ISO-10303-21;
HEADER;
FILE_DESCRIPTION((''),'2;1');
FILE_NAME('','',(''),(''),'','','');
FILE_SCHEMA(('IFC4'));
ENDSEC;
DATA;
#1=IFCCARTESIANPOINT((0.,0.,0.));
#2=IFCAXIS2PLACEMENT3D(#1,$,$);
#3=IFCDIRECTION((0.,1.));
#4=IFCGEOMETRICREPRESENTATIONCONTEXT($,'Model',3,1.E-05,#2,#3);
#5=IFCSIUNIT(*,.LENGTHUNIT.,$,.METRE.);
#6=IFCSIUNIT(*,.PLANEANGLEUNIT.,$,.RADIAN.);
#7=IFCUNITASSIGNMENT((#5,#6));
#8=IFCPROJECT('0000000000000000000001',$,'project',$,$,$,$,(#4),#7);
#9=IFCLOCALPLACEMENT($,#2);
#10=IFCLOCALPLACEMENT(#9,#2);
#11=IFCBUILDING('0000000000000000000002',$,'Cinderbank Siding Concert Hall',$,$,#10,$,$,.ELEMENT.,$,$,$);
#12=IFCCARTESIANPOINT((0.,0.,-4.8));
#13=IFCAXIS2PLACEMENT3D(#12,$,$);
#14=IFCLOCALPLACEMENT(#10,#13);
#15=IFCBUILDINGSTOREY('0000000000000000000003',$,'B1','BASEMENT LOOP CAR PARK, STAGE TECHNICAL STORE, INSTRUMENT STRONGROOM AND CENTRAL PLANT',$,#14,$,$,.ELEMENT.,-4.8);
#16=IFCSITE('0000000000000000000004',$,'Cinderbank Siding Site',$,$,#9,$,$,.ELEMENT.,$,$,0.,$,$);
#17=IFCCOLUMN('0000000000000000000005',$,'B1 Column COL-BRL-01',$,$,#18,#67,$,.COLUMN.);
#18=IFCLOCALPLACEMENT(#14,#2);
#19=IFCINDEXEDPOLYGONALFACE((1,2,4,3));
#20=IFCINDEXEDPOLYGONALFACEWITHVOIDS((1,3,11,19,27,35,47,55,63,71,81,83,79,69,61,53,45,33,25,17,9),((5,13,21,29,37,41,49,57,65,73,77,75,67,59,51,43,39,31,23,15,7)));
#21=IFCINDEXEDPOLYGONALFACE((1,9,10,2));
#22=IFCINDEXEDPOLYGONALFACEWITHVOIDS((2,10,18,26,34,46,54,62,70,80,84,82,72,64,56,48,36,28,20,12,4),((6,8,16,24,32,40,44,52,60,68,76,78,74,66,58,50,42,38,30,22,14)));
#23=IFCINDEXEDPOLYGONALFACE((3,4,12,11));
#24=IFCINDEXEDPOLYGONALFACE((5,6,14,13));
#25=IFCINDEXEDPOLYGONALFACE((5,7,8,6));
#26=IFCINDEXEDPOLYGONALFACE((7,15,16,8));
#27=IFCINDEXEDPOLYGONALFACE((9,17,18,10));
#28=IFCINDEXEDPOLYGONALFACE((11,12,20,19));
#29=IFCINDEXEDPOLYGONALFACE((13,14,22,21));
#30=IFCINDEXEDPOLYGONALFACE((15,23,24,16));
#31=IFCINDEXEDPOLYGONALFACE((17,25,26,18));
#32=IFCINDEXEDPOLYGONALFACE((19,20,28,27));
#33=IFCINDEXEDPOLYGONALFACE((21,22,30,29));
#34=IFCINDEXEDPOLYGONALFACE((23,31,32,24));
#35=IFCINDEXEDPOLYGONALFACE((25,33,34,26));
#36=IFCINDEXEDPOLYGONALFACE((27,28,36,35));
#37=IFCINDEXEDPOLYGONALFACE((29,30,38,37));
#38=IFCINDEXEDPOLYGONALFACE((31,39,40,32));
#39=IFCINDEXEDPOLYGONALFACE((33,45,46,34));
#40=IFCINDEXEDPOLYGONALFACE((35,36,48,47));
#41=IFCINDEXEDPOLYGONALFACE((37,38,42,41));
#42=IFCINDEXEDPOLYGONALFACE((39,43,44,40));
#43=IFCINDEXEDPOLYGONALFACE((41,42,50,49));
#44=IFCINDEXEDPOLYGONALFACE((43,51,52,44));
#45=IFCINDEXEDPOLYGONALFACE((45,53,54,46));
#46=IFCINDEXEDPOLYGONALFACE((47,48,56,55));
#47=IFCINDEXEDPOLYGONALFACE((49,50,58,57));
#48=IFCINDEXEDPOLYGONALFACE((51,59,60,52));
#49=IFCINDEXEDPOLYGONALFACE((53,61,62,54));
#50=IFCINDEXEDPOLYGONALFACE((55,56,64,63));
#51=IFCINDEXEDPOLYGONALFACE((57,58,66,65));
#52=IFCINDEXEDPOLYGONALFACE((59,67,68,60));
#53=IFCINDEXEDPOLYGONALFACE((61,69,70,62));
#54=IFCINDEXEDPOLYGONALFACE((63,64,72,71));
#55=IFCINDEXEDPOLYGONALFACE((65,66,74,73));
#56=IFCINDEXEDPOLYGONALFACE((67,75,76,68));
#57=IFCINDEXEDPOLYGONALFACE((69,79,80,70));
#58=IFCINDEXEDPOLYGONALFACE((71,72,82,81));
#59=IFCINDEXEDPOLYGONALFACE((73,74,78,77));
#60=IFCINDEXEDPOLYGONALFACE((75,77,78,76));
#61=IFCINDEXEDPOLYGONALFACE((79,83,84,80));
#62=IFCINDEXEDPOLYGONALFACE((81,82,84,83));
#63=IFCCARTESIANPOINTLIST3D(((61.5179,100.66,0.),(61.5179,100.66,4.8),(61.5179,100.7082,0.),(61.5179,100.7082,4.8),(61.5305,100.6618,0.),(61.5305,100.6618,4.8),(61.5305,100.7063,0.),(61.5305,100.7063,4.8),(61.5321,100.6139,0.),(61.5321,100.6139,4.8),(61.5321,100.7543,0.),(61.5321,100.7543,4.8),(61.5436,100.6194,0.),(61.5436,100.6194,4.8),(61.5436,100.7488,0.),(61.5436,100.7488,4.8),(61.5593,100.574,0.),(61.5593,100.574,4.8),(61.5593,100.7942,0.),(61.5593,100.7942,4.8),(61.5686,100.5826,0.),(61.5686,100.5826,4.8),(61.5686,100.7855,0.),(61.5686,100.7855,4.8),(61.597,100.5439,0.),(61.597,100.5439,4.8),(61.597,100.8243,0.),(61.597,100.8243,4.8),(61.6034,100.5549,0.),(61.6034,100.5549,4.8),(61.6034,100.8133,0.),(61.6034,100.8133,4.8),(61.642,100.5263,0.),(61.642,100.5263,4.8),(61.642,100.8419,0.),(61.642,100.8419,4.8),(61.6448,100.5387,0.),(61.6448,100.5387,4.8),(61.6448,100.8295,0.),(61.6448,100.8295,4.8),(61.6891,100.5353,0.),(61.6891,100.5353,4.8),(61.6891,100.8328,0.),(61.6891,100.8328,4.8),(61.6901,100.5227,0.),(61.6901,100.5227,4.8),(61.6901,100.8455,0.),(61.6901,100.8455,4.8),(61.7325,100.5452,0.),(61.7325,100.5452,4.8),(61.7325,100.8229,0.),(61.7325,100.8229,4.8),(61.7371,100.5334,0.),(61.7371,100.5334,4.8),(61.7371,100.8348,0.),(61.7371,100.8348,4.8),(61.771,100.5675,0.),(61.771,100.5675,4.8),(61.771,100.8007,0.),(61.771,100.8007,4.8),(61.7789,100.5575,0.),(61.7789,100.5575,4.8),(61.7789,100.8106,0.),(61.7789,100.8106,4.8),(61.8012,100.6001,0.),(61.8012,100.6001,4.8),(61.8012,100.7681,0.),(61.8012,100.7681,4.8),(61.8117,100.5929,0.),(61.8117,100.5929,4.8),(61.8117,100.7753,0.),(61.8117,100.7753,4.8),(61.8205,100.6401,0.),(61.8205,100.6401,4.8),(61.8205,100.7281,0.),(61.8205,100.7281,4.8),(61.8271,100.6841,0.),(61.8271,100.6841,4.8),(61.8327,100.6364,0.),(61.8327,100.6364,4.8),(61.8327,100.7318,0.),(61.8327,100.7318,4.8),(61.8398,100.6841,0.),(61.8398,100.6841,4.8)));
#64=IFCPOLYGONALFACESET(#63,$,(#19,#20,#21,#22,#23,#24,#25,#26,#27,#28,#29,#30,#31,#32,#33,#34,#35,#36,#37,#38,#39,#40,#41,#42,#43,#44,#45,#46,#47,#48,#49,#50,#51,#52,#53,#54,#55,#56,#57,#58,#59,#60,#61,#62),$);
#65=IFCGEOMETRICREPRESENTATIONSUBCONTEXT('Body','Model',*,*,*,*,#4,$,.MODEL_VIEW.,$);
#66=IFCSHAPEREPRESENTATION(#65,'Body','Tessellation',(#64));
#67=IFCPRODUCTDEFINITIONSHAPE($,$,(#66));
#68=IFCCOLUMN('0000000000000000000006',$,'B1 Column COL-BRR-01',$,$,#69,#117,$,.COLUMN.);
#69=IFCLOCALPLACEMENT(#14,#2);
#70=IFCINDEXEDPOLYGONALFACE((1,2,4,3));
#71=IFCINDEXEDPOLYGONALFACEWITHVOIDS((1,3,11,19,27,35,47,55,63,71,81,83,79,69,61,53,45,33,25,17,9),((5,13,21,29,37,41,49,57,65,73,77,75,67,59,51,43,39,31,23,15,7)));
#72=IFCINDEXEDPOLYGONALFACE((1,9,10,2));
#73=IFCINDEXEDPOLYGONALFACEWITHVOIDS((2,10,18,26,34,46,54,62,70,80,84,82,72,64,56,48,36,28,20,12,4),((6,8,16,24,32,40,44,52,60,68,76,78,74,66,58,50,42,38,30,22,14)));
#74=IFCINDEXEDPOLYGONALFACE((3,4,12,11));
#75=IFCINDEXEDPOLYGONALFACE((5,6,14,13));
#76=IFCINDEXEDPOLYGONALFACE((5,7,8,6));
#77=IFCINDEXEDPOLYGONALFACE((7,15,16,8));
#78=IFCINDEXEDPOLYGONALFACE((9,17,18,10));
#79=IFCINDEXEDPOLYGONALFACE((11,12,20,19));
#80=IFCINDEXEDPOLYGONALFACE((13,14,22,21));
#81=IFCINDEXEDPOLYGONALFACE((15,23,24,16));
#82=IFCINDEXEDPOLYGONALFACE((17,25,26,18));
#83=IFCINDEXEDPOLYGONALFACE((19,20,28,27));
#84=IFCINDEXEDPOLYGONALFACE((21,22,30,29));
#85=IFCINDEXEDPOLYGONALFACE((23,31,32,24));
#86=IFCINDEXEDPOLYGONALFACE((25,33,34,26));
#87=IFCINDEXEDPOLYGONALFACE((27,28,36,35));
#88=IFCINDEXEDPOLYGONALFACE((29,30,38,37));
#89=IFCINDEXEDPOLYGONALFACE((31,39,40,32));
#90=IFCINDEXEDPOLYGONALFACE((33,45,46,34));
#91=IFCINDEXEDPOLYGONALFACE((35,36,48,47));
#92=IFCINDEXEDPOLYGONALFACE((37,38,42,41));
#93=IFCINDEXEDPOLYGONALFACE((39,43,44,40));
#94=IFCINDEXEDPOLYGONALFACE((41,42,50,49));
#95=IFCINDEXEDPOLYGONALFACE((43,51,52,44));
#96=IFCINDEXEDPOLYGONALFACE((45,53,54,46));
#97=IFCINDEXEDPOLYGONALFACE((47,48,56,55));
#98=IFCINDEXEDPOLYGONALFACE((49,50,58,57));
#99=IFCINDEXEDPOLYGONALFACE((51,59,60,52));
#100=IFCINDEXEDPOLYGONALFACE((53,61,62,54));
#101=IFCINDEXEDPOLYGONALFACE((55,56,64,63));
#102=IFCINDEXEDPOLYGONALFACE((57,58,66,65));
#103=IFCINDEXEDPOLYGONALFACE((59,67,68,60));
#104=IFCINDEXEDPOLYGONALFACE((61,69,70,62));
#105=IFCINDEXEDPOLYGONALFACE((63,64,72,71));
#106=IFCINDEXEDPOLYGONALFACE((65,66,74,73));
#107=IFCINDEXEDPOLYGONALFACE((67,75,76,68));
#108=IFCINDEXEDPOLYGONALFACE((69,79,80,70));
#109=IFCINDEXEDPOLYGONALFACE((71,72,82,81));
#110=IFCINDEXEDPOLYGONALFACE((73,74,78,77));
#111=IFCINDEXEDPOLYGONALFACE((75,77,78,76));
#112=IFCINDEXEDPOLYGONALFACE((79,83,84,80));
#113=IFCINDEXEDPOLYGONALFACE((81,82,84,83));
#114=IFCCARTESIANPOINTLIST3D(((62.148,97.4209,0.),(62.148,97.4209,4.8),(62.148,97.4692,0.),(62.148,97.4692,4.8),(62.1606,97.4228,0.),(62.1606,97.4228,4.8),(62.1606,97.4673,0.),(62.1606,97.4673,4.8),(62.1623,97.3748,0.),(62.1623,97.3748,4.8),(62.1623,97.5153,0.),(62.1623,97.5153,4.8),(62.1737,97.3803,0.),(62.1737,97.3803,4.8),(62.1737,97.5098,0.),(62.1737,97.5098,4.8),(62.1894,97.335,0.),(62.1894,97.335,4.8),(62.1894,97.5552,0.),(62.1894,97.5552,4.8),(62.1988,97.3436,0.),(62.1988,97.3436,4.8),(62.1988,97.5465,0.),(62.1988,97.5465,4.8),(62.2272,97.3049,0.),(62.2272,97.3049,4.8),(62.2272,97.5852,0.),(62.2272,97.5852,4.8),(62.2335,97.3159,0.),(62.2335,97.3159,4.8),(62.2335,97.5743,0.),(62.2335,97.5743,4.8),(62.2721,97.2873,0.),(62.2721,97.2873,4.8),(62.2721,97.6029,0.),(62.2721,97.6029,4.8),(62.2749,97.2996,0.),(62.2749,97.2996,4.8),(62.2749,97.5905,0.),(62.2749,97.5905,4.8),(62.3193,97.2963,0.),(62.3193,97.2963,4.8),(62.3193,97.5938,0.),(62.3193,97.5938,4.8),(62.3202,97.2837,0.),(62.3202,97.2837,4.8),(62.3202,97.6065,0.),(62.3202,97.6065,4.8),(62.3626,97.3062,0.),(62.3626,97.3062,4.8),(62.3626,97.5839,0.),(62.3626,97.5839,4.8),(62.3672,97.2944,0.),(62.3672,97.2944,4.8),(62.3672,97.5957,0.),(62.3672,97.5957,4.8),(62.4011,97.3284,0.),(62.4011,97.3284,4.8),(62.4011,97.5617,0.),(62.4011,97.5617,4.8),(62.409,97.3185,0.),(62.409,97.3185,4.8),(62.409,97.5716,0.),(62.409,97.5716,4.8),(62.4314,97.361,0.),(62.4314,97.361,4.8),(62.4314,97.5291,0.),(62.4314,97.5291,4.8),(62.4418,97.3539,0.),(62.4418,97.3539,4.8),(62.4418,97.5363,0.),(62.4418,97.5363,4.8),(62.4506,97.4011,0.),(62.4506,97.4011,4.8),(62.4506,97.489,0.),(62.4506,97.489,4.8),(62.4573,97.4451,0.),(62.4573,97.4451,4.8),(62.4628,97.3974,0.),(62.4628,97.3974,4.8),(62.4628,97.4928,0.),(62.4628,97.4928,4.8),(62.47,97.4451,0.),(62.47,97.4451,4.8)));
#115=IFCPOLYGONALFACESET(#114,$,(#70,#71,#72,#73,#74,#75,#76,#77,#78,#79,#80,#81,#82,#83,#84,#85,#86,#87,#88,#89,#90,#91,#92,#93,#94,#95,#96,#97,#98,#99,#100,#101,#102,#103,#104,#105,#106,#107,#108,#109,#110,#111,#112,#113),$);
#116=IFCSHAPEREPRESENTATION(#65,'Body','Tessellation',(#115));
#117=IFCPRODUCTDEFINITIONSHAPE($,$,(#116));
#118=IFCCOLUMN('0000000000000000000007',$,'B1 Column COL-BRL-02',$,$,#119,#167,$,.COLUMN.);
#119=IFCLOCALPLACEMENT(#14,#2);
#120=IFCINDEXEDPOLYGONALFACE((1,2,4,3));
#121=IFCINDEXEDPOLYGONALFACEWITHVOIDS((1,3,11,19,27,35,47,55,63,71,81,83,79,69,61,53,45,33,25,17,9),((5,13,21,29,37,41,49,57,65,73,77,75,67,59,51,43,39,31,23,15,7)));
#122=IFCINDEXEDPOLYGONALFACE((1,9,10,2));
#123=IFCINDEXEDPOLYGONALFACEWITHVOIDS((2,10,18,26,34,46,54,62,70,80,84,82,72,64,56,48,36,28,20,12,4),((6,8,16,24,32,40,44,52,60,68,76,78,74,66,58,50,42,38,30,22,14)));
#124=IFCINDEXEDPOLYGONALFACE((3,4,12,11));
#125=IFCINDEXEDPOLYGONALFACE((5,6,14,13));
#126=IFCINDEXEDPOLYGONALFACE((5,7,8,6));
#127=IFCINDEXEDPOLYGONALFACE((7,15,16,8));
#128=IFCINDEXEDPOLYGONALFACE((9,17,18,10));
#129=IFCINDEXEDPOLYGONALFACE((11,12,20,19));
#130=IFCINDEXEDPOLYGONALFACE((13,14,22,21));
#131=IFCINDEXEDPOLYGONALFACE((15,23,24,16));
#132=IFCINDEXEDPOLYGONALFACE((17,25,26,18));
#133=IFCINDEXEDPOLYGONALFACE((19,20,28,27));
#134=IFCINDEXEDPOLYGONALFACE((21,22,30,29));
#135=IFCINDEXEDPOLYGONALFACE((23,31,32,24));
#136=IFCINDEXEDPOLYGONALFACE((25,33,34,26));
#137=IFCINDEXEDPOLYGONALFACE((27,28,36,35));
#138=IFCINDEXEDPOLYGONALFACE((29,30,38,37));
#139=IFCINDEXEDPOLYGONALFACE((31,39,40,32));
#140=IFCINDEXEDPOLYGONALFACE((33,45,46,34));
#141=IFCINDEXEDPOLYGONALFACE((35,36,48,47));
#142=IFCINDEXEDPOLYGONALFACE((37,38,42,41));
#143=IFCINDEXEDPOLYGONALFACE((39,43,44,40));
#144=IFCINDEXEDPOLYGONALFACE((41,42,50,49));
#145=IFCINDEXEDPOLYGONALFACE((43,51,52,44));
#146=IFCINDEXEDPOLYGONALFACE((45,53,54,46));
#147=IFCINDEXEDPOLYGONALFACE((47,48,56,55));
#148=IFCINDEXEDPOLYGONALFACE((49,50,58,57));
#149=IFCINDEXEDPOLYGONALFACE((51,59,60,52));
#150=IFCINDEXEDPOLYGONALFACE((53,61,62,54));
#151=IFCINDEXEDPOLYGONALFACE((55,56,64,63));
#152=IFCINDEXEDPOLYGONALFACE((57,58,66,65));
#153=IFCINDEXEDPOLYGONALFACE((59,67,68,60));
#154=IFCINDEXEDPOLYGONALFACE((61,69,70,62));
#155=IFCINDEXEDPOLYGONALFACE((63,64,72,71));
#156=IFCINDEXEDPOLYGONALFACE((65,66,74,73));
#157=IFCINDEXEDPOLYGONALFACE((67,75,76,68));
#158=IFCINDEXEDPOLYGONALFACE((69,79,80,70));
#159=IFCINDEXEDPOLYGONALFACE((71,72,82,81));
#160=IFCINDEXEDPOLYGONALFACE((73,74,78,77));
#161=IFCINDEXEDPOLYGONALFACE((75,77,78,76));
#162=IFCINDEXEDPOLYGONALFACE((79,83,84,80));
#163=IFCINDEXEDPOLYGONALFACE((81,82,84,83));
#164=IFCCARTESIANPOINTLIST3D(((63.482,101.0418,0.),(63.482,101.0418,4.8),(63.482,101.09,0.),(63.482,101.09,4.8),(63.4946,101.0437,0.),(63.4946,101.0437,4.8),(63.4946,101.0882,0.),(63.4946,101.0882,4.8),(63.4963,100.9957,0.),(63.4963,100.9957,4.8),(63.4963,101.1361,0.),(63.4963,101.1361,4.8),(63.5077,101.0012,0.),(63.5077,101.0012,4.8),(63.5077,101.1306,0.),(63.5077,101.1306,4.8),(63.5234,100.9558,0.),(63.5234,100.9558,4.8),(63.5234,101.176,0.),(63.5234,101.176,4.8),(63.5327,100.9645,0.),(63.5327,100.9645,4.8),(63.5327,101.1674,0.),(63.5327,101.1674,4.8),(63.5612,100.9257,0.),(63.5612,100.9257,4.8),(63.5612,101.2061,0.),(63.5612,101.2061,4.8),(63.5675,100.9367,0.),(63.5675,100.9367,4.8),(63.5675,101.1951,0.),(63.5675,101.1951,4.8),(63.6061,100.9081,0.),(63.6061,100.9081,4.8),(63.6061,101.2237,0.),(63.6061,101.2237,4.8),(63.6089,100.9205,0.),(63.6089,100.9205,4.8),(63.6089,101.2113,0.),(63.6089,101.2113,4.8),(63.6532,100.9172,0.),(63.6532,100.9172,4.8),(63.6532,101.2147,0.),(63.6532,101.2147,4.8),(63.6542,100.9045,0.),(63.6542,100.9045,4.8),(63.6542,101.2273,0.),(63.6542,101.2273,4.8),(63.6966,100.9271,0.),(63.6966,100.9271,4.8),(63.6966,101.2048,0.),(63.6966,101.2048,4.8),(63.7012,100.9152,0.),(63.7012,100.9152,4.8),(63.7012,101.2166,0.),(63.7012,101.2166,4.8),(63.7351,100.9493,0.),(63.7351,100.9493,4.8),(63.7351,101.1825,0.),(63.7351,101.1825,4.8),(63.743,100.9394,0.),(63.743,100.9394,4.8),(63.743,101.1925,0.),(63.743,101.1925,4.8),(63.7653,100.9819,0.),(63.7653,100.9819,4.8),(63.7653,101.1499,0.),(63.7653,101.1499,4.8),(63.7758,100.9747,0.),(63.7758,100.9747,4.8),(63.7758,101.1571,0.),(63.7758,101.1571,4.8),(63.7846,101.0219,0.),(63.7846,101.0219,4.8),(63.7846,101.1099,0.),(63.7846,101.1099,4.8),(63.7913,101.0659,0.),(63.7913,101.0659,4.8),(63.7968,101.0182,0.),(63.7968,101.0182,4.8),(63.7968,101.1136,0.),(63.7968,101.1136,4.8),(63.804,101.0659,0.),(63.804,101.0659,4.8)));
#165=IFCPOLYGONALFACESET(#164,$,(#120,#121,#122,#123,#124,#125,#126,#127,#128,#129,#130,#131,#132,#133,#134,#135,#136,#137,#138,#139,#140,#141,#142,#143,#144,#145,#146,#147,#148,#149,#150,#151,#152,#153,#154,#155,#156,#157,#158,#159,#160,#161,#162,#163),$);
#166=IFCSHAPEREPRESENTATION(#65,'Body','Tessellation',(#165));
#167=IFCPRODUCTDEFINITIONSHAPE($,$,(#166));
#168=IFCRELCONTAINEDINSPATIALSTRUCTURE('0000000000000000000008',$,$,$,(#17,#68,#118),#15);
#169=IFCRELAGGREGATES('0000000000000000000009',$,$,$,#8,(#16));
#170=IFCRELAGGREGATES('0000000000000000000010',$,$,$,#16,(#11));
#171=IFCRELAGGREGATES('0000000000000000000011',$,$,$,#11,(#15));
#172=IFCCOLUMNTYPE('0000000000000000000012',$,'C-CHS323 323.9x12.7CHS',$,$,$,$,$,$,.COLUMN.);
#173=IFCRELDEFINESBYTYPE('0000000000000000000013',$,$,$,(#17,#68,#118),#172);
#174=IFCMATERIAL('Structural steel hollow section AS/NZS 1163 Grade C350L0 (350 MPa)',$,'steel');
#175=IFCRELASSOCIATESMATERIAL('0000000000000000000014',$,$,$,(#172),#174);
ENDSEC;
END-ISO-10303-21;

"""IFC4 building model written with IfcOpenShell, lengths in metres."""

from ifc_helpers import new_model, si_unit, direction, frame, origin, origin_2d, place, context, subcontext, project, spatial, hollow_circle, extrude, material, material_profile, profile_set, type_object, element, save


model = new_model("IFC4")

# Units and contexts
model_context = context("Model", 3, precision=1e-05, world=origin(), true_north=direction((0.0, 1.0)))
body_context = subcontext(model_context, "Body", "Model", "MODEL_VIEW")
ifc_project = project(units=[si_unit("LENGTHUNIT", "METRE"), si_unit("PLANEANGLEUNIT", "RADIAN")], contexts=[model_context])

# Site, building, storey
site_placement = place(None, origin())
site = spatial("IfcSite", under=ifc_project, at=site_placement, Name="Cinderbank Siding Site", CompositionType="ELEMENT", RefElevation=0.0)
building_placement = place(site_placement, origin())
building = spatial("IfcBuilding", under=site, at=building_placement, Name="Cinderbank Siding Concert Hall", CompositionType="ELEMENT")
storey_placement = place(building_placement, frame((0.0, 0.0, -4.8)))
storey = spatial("IfcBuildingStorey", under=building, at=storey_placement, Name="B1", Description="BASEMENT LOOP CAR PARK, STAGE TECHNICAL STORE, INSTRUMENT STRONGROOM AND CENTRAL PLANT", CompositionType="ELEMENT", Elevation=-4.8)

# Columns
ifc_material_1 = material(Name="Structural steel hollow section AS/NZS 1163 Grade C350L0 (350 MPa)", Category="steel")
ifc_material_profile_1 = material_profile(ifc_material_1, hollow_circle(Radius=0.1619, WallThickness=0.0127, at=origin_2d()), Name="323.9x12.7CHS", Category="LoadBearing")
ifc_profile_set_1 = profile_set([ifc_material_profile_1], Name="Structural steel hollow section AS/NZS 1163 Grade C350L0 (350 MPa)")
column_type = type_object("IfcColumnType", Name="C-CHS323 323.9x12.7CHS", PredefinedType="COLUMN", material=ifc_profile_set_1)
for number, where, z_axis, x_axis, name in (
    (1, (61.678, 100.6841, 0.0), (0.0, 0.0, 1.0), (1.0, 0.0, 0.0), "B1 Column COL-BRL-01"),
    (2, (62.3081, 97.4451, 0.0), (0.0, 0.0, 1.0), (1.0, 0.0, 0.0), "B1 Column COL-BRR-01"),
    (3, (63.6421, 101.0659, 0.0), (0.0, 0.0, 1.0), (1.0, 0.0, 0.0), "B1 Column COL-BRL-02"),
):
    element("IfcColumn", number, at=place(storey_placement, frame(where, z_axis=z_axis, x_axis=x_axis)), inside=storey, type_object=column_type, Name=name, PredefinedType="COLUMN", context=body_context, shape_type="SweptSolid", body=[
        extrude(hollow_circle(Radius=0.1619, WallThickness=0.0127, at=origin_2d()), origin(), (0.0, 0.0, 1.0), 4.8),
    ])

save(model, "model.ifc")
